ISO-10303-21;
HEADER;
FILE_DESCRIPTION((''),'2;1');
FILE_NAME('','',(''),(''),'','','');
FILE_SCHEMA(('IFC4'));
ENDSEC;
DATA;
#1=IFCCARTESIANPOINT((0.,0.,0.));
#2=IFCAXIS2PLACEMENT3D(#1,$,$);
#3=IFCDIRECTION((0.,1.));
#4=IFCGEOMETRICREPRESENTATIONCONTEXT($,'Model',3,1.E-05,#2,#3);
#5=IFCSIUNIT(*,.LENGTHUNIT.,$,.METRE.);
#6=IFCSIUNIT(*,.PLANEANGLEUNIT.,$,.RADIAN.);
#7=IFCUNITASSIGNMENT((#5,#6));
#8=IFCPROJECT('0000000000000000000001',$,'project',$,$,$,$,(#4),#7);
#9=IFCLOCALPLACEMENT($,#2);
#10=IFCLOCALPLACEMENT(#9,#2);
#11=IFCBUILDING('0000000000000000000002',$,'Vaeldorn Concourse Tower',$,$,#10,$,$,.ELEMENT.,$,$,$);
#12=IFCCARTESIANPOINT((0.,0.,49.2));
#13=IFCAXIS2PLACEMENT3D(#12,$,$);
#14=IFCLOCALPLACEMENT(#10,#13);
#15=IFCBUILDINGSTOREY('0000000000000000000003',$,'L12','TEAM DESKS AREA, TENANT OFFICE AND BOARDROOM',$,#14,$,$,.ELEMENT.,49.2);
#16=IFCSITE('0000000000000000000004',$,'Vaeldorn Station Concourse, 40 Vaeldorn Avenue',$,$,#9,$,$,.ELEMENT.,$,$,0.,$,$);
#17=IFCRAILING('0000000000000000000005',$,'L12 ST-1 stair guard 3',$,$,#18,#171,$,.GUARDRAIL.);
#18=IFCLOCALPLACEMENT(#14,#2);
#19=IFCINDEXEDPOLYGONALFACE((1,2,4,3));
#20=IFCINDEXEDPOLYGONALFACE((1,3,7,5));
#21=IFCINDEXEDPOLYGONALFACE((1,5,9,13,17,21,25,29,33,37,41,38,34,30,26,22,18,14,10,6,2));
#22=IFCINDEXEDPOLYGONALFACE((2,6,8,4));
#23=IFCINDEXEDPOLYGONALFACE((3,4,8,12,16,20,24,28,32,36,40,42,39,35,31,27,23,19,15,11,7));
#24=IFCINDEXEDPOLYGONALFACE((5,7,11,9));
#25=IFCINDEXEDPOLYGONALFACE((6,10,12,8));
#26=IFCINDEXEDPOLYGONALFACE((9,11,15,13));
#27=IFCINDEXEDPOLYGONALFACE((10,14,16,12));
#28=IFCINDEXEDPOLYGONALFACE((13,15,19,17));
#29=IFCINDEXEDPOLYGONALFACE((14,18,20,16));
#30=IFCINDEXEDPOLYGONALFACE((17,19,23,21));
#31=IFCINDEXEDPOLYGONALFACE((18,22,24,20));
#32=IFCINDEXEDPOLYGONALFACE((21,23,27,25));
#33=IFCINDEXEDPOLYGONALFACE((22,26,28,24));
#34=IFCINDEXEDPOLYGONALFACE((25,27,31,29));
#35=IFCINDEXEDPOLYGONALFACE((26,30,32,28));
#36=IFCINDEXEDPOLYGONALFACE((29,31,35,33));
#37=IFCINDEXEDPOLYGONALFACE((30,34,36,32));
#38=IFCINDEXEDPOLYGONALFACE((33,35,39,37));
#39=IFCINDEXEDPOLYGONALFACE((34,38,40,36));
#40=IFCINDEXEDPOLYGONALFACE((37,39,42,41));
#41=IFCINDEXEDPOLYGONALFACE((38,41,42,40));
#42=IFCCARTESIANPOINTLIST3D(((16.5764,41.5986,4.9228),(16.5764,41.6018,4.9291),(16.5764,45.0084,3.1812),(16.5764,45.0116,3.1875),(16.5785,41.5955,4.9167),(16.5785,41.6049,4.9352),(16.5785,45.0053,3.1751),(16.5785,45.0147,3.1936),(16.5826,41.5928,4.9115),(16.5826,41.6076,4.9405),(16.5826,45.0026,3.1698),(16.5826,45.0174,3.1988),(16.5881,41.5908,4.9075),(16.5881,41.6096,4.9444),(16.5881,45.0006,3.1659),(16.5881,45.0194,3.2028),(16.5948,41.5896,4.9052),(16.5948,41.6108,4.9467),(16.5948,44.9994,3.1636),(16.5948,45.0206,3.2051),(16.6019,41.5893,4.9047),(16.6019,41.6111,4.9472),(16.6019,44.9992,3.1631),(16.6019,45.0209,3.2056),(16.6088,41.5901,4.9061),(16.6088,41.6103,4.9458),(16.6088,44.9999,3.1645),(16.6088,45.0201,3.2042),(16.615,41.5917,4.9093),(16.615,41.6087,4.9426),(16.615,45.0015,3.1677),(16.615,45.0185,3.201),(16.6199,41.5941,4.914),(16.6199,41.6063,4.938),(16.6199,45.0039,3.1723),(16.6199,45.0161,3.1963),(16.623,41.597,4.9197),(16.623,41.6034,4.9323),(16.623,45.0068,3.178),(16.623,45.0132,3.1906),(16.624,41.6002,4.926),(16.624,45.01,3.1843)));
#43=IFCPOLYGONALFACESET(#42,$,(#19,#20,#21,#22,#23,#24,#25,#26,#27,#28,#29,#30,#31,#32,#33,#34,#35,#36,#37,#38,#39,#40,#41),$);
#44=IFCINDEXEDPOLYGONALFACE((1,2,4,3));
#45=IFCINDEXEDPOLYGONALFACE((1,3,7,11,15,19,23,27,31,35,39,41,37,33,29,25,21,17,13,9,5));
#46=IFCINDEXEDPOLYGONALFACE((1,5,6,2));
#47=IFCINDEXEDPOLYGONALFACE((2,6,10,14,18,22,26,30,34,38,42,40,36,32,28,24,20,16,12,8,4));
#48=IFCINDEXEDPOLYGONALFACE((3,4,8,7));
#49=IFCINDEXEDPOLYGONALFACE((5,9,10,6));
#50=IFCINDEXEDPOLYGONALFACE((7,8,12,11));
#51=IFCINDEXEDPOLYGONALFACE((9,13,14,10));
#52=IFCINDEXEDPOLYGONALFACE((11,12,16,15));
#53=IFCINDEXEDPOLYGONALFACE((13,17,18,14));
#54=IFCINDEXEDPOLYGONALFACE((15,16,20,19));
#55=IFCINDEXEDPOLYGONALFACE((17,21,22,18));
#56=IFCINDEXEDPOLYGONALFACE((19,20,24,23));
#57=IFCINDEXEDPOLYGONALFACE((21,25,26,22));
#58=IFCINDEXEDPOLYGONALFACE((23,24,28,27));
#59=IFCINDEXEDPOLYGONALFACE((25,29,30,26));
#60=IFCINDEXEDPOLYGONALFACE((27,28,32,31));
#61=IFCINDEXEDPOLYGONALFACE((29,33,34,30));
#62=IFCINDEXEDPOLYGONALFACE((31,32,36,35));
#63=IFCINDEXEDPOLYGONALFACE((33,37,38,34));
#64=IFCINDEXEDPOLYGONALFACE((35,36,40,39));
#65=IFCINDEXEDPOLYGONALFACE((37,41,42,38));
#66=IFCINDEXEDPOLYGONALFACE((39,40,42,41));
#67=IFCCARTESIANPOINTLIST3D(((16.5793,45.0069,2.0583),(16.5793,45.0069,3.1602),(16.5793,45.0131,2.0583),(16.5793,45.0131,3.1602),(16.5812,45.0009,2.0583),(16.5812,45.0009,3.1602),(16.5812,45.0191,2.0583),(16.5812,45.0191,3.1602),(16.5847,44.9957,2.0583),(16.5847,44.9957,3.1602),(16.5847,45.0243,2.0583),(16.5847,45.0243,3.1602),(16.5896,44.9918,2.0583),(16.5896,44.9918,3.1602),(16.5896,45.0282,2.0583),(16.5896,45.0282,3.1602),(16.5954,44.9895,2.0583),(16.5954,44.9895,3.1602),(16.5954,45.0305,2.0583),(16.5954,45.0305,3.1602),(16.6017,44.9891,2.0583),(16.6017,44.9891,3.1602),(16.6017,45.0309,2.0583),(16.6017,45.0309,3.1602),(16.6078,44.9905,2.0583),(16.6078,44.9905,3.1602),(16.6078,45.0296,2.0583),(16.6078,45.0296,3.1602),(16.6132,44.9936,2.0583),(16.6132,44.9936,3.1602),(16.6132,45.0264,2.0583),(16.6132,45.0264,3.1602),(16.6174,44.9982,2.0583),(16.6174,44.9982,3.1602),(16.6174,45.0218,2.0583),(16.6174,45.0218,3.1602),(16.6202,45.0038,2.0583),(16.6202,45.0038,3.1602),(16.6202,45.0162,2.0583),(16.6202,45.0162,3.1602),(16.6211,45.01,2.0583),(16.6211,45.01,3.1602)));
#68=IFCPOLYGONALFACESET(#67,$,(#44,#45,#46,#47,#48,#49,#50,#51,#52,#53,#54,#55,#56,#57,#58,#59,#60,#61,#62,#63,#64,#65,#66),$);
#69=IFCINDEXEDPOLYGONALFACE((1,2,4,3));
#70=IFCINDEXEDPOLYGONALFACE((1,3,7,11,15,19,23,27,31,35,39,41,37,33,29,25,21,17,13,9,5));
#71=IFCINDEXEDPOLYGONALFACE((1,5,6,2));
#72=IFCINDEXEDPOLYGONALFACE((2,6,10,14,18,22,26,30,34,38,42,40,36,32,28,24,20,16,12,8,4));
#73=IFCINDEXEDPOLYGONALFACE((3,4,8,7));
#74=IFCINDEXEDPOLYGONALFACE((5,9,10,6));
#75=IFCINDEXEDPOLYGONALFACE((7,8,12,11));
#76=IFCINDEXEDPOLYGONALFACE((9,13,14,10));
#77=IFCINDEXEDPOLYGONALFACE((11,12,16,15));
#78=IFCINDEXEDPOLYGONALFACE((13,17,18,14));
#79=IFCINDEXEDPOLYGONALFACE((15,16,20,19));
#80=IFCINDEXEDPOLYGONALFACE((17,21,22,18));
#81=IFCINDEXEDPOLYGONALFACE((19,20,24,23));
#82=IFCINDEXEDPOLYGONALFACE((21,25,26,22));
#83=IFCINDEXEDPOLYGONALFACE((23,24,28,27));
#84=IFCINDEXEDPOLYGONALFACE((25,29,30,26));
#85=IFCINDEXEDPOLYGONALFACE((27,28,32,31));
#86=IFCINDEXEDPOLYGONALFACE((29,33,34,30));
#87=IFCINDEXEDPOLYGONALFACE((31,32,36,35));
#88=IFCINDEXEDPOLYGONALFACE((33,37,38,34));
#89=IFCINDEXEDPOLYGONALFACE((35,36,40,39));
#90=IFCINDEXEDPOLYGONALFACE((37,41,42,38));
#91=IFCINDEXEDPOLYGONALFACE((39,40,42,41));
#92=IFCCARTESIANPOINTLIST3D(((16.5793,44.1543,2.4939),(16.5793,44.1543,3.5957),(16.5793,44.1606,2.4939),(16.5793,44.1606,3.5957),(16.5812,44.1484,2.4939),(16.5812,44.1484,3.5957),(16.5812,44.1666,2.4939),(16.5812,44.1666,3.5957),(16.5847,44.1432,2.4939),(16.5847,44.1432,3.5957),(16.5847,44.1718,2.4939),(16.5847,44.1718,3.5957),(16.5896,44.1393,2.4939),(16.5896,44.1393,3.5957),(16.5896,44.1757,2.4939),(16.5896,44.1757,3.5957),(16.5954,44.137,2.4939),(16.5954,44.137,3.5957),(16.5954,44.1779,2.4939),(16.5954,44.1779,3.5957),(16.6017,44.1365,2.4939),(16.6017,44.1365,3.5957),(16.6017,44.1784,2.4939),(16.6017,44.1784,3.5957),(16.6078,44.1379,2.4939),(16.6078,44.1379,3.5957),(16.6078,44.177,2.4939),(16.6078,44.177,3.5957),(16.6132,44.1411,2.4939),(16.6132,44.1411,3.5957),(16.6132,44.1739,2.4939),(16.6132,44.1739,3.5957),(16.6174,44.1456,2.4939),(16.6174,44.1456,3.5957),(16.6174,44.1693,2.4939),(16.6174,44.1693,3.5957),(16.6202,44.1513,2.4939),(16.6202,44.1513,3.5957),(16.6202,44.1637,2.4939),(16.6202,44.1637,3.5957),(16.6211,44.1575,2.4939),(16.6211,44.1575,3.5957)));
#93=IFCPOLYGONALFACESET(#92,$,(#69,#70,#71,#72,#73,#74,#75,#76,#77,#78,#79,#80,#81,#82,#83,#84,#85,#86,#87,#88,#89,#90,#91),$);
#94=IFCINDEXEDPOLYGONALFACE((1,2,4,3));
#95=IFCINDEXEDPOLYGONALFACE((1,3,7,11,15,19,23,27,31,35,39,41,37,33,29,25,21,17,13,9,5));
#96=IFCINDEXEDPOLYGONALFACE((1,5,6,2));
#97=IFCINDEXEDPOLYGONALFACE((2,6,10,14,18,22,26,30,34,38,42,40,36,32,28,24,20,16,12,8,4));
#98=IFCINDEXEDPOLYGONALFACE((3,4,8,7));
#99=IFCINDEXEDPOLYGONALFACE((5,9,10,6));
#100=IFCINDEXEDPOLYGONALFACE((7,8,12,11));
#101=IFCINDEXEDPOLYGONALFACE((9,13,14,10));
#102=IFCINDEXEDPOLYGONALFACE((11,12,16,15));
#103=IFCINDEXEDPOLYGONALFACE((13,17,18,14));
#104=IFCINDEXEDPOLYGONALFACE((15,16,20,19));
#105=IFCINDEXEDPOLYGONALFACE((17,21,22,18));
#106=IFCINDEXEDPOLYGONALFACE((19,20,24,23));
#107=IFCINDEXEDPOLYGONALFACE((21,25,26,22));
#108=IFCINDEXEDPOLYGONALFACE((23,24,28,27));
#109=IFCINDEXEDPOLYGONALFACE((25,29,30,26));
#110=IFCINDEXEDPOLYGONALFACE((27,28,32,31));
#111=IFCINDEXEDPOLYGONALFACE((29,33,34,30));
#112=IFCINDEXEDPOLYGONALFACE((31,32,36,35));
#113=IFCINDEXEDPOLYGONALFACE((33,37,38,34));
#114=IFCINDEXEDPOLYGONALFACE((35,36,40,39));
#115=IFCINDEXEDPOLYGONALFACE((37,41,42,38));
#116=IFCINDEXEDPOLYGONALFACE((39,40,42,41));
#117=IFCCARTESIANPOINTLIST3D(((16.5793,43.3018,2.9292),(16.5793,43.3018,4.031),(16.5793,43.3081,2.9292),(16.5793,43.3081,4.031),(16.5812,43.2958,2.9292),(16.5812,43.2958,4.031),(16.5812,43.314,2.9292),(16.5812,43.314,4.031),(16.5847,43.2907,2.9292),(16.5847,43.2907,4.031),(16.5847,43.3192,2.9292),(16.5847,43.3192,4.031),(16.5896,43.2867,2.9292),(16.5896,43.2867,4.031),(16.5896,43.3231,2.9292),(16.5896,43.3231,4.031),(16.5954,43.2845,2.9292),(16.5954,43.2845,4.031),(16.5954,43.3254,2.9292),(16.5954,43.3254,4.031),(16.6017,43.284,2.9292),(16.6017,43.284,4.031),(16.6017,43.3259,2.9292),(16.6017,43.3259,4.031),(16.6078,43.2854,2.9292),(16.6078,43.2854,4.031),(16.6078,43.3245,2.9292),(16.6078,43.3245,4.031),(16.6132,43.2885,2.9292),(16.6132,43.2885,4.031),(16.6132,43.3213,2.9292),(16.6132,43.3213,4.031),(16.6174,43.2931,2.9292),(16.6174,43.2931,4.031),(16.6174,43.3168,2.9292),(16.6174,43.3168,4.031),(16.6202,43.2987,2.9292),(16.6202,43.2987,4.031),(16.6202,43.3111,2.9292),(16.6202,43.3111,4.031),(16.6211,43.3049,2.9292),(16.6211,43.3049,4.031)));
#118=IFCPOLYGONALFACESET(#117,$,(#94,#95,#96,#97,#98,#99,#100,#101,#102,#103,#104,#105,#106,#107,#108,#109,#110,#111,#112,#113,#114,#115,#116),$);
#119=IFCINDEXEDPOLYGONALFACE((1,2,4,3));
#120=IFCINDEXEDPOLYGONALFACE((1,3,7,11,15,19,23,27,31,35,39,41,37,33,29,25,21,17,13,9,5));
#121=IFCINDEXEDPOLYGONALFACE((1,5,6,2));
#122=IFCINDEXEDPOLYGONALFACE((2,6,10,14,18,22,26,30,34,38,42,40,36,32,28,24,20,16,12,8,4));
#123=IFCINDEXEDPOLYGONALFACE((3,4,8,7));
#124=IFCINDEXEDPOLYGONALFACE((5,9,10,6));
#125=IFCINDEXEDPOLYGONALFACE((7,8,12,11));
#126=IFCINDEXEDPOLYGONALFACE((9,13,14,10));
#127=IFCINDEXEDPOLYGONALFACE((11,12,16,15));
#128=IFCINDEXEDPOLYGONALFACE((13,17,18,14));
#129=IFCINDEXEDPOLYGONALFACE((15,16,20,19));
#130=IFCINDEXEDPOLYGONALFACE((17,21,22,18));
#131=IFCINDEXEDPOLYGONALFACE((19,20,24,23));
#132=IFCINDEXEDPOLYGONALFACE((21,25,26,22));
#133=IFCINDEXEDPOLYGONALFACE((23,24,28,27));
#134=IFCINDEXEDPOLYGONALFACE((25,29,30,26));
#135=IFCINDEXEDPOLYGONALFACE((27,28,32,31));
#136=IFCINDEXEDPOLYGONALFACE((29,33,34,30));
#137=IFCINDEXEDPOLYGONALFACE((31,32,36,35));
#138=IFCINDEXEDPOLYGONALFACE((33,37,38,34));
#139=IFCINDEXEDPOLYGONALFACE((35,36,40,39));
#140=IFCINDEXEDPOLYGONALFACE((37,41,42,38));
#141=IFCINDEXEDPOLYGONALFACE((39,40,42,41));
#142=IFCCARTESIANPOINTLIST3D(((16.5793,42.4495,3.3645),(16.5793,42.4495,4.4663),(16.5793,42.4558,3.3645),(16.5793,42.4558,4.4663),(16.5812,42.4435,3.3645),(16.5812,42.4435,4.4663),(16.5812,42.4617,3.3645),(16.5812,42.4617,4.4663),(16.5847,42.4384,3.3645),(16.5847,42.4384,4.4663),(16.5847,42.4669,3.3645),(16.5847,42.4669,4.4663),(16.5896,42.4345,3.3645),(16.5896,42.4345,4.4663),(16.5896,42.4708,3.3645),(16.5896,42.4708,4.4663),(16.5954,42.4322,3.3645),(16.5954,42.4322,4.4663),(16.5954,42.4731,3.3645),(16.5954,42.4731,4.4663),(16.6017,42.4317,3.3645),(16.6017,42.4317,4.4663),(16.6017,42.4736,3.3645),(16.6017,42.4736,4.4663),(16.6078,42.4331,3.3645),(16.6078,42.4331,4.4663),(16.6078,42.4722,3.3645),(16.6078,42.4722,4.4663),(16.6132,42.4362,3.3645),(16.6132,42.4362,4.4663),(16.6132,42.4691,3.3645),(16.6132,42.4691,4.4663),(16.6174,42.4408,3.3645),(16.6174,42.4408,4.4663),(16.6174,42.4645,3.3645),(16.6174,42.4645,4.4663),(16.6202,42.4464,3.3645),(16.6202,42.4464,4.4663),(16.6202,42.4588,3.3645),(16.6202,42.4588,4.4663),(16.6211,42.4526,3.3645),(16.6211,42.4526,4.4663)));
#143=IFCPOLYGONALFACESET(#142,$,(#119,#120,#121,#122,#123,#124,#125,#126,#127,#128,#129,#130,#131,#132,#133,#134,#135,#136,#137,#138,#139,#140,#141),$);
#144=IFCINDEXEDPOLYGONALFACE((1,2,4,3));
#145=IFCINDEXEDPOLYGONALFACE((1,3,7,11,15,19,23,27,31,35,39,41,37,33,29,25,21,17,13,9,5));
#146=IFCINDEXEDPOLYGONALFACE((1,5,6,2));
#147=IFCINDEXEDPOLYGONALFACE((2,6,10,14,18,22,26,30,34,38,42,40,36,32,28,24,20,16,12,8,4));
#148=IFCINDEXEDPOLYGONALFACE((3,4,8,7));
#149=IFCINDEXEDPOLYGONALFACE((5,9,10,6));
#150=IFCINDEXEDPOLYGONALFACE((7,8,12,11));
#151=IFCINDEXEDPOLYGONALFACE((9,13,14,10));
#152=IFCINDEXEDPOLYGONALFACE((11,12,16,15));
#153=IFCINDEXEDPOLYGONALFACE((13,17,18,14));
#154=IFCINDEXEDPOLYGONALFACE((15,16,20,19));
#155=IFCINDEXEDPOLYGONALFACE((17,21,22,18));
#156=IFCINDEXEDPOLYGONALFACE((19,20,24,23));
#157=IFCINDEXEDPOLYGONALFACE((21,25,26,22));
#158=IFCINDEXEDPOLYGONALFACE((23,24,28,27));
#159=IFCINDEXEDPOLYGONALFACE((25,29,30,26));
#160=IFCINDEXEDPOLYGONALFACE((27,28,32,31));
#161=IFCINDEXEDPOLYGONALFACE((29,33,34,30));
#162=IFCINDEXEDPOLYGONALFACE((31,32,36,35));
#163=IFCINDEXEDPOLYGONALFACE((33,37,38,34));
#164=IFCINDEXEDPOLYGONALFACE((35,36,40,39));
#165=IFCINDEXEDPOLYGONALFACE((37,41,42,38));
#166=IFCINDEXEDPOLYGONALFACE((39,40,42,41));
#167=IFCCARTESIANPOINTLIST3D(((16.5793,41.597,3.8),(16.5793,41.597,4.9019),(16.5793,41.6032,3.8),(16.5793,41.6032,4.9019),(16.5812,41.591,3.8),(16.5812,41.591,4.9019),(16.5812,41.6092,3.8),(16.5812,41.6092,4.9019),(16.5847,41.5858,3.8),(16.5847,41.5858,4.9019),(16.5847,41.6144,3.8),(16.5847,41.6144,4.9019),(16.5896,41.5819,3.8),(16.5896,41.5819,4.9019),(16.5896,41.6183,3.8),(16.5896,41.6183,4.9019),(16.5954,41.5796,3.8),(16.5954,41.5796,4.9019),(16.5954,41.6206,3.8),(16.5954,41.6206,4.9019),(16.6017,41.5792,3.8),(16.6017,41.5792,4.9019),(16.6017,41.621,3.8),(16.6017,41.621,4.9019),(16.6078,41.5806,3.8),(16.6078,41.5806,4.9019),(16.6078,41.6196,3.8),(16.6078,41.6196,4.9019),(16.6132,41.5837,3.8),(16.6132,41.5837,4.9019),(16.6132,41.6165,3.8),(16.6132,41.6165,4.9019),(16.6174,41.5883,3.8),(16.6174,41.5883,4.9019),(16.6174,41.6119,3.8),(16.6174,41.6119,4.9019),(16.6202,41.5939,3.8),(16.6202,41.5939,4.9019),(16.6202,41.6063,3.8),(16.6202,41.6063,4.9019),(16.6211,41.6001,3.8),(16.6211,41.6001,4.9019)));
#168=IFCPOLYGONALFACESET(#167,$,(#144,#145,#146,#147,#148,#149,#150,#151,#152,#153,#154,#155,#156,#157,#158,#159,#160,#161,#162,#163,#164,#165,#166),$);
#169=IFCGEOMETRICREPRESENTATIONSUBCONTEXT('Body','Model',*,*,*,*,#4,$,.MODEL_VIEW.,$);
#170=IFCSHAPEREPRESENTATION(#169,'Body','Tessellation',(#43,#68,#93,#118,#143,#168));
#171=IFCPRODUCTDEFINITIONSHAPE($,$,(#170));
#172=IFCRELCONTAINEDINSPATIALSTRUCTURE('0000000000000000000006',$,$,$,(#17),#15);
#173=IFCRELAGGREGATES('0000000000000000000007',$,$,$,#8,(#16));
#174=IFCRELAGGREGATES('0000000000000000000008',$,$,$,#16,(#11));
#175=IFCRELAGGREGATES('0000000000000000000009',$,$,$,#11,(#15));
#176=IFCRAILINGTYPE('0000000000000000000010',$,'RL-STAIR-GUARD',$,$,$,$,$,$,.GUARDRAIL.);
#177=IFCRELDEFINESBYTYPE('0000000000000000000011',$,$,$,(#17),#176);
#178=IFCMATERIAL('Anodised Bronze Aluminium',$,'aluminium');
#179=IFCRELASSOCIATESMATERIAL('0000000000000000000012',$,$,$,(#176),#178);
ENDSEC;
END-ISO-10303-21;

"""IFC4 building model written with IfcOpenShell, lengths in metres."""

from ifc_helpers import new_model, si_unit, direction, frame, origin, origin_2d, place, context, subcontext, project, spatial, circle, extrude, material, type_object, element, save


model = new_model("IFC4")

# Units and contexts
model_context = context("Model", 3, precision=1e-05, world=origin(), true_north=direction((0.0, 1.0)))
body_context = subcontext(model_context, "Body", "Model", "MODEL_VIEW")
ifc_project = project(units=[si_unit("LENGTHUNIT", "METRE"), si_unit("PLANEANGLEUNIT", "RADIAN")], contexts=[model_context])

# Site, building, storey
site_placement = place(None, origin())
site = spatial("IfcSite", under=ifc_project, at=site_placement, Name="Vaeldorn Station Concourse, 40 Vaeldorn Avenue", CompositionType="ELEMENT", RefElevation=0.0)
building_placement = place(site_placement, origin())
building = spatial("IfcBuilding", under=site, at=building_placement, Name="Vaeldorn Concourse Tower", CompositionType="ELEMENT")
storey_placement = place(building_placement, frame((0.0, 0.0, 49.2)))
storey = spatial("IfcBuildingStorey", under=building, at=storey_placement, Name="L12", Description="TEAM DESKS AREA, TENANT OFFICE AND BOARDROOM", CompositionType="ELEMENT", Elevation=49.2)

# Shared definitions
ifc_material_1 = material(Name="Anodised Bronze Aluminium", Category="aluminium")

# Railing
railing_type_1 = type_object("IfcRailingType", Name="RL-STAIR-GUARD", PredefinedType="GUARDRAIL", material=ifc_material_1)
railing_1_placement = place(storey_placement, frame((16.6001, 45.01, 2.0583)))
element("IfcRailing", 1, at=railing_1_placement, inside=storey, type_object=railing_type_1, Name="L12 ST-1 stair guard 3", PredefinedType="GUARDRAIL", context=body_context, shape_type="SweptSolid", body=[
    extrude(circle(Radius=0.0239, at=origin_2d()), frame((0.0, 0.0, 1.126), z_axis=(0.0, -0.890556, 0.454874), x_axis=(1.0, 0.0, 0.0)), (0.0, 0.0, 1.0), 3.8289),
    extrude(circle(Radius=0.021, at=origin_2d()), origin(), (0.0, 0.0, 1.0), 1.1018),
    extrude(circle(Radius=0.021, at=origin_2d()), frame((0.0, -0.8525, 0.4355)), (0.0, 0.0, 1.0), 1.1018),
    extrude(circle(Radius=0.021, at=origin_2d()), frame((0.0, -1.7051, 0.8708)), (0.0, 0.0, 1.0), 1.1018),
    extrude(circle(Radius=0.021, at=origin_2d()), frame((0.0, -2.5574, 1.3062)), (0.0, 0.0, 1.0), 1.1018),
    extrude(circle(Radius=0.021, at=origin_2d()), frame((0.0, -3.4099, 1.7417)), (0.0, 0.0, 1.0), 1.1018),
])

save(model, "model.ifc")
